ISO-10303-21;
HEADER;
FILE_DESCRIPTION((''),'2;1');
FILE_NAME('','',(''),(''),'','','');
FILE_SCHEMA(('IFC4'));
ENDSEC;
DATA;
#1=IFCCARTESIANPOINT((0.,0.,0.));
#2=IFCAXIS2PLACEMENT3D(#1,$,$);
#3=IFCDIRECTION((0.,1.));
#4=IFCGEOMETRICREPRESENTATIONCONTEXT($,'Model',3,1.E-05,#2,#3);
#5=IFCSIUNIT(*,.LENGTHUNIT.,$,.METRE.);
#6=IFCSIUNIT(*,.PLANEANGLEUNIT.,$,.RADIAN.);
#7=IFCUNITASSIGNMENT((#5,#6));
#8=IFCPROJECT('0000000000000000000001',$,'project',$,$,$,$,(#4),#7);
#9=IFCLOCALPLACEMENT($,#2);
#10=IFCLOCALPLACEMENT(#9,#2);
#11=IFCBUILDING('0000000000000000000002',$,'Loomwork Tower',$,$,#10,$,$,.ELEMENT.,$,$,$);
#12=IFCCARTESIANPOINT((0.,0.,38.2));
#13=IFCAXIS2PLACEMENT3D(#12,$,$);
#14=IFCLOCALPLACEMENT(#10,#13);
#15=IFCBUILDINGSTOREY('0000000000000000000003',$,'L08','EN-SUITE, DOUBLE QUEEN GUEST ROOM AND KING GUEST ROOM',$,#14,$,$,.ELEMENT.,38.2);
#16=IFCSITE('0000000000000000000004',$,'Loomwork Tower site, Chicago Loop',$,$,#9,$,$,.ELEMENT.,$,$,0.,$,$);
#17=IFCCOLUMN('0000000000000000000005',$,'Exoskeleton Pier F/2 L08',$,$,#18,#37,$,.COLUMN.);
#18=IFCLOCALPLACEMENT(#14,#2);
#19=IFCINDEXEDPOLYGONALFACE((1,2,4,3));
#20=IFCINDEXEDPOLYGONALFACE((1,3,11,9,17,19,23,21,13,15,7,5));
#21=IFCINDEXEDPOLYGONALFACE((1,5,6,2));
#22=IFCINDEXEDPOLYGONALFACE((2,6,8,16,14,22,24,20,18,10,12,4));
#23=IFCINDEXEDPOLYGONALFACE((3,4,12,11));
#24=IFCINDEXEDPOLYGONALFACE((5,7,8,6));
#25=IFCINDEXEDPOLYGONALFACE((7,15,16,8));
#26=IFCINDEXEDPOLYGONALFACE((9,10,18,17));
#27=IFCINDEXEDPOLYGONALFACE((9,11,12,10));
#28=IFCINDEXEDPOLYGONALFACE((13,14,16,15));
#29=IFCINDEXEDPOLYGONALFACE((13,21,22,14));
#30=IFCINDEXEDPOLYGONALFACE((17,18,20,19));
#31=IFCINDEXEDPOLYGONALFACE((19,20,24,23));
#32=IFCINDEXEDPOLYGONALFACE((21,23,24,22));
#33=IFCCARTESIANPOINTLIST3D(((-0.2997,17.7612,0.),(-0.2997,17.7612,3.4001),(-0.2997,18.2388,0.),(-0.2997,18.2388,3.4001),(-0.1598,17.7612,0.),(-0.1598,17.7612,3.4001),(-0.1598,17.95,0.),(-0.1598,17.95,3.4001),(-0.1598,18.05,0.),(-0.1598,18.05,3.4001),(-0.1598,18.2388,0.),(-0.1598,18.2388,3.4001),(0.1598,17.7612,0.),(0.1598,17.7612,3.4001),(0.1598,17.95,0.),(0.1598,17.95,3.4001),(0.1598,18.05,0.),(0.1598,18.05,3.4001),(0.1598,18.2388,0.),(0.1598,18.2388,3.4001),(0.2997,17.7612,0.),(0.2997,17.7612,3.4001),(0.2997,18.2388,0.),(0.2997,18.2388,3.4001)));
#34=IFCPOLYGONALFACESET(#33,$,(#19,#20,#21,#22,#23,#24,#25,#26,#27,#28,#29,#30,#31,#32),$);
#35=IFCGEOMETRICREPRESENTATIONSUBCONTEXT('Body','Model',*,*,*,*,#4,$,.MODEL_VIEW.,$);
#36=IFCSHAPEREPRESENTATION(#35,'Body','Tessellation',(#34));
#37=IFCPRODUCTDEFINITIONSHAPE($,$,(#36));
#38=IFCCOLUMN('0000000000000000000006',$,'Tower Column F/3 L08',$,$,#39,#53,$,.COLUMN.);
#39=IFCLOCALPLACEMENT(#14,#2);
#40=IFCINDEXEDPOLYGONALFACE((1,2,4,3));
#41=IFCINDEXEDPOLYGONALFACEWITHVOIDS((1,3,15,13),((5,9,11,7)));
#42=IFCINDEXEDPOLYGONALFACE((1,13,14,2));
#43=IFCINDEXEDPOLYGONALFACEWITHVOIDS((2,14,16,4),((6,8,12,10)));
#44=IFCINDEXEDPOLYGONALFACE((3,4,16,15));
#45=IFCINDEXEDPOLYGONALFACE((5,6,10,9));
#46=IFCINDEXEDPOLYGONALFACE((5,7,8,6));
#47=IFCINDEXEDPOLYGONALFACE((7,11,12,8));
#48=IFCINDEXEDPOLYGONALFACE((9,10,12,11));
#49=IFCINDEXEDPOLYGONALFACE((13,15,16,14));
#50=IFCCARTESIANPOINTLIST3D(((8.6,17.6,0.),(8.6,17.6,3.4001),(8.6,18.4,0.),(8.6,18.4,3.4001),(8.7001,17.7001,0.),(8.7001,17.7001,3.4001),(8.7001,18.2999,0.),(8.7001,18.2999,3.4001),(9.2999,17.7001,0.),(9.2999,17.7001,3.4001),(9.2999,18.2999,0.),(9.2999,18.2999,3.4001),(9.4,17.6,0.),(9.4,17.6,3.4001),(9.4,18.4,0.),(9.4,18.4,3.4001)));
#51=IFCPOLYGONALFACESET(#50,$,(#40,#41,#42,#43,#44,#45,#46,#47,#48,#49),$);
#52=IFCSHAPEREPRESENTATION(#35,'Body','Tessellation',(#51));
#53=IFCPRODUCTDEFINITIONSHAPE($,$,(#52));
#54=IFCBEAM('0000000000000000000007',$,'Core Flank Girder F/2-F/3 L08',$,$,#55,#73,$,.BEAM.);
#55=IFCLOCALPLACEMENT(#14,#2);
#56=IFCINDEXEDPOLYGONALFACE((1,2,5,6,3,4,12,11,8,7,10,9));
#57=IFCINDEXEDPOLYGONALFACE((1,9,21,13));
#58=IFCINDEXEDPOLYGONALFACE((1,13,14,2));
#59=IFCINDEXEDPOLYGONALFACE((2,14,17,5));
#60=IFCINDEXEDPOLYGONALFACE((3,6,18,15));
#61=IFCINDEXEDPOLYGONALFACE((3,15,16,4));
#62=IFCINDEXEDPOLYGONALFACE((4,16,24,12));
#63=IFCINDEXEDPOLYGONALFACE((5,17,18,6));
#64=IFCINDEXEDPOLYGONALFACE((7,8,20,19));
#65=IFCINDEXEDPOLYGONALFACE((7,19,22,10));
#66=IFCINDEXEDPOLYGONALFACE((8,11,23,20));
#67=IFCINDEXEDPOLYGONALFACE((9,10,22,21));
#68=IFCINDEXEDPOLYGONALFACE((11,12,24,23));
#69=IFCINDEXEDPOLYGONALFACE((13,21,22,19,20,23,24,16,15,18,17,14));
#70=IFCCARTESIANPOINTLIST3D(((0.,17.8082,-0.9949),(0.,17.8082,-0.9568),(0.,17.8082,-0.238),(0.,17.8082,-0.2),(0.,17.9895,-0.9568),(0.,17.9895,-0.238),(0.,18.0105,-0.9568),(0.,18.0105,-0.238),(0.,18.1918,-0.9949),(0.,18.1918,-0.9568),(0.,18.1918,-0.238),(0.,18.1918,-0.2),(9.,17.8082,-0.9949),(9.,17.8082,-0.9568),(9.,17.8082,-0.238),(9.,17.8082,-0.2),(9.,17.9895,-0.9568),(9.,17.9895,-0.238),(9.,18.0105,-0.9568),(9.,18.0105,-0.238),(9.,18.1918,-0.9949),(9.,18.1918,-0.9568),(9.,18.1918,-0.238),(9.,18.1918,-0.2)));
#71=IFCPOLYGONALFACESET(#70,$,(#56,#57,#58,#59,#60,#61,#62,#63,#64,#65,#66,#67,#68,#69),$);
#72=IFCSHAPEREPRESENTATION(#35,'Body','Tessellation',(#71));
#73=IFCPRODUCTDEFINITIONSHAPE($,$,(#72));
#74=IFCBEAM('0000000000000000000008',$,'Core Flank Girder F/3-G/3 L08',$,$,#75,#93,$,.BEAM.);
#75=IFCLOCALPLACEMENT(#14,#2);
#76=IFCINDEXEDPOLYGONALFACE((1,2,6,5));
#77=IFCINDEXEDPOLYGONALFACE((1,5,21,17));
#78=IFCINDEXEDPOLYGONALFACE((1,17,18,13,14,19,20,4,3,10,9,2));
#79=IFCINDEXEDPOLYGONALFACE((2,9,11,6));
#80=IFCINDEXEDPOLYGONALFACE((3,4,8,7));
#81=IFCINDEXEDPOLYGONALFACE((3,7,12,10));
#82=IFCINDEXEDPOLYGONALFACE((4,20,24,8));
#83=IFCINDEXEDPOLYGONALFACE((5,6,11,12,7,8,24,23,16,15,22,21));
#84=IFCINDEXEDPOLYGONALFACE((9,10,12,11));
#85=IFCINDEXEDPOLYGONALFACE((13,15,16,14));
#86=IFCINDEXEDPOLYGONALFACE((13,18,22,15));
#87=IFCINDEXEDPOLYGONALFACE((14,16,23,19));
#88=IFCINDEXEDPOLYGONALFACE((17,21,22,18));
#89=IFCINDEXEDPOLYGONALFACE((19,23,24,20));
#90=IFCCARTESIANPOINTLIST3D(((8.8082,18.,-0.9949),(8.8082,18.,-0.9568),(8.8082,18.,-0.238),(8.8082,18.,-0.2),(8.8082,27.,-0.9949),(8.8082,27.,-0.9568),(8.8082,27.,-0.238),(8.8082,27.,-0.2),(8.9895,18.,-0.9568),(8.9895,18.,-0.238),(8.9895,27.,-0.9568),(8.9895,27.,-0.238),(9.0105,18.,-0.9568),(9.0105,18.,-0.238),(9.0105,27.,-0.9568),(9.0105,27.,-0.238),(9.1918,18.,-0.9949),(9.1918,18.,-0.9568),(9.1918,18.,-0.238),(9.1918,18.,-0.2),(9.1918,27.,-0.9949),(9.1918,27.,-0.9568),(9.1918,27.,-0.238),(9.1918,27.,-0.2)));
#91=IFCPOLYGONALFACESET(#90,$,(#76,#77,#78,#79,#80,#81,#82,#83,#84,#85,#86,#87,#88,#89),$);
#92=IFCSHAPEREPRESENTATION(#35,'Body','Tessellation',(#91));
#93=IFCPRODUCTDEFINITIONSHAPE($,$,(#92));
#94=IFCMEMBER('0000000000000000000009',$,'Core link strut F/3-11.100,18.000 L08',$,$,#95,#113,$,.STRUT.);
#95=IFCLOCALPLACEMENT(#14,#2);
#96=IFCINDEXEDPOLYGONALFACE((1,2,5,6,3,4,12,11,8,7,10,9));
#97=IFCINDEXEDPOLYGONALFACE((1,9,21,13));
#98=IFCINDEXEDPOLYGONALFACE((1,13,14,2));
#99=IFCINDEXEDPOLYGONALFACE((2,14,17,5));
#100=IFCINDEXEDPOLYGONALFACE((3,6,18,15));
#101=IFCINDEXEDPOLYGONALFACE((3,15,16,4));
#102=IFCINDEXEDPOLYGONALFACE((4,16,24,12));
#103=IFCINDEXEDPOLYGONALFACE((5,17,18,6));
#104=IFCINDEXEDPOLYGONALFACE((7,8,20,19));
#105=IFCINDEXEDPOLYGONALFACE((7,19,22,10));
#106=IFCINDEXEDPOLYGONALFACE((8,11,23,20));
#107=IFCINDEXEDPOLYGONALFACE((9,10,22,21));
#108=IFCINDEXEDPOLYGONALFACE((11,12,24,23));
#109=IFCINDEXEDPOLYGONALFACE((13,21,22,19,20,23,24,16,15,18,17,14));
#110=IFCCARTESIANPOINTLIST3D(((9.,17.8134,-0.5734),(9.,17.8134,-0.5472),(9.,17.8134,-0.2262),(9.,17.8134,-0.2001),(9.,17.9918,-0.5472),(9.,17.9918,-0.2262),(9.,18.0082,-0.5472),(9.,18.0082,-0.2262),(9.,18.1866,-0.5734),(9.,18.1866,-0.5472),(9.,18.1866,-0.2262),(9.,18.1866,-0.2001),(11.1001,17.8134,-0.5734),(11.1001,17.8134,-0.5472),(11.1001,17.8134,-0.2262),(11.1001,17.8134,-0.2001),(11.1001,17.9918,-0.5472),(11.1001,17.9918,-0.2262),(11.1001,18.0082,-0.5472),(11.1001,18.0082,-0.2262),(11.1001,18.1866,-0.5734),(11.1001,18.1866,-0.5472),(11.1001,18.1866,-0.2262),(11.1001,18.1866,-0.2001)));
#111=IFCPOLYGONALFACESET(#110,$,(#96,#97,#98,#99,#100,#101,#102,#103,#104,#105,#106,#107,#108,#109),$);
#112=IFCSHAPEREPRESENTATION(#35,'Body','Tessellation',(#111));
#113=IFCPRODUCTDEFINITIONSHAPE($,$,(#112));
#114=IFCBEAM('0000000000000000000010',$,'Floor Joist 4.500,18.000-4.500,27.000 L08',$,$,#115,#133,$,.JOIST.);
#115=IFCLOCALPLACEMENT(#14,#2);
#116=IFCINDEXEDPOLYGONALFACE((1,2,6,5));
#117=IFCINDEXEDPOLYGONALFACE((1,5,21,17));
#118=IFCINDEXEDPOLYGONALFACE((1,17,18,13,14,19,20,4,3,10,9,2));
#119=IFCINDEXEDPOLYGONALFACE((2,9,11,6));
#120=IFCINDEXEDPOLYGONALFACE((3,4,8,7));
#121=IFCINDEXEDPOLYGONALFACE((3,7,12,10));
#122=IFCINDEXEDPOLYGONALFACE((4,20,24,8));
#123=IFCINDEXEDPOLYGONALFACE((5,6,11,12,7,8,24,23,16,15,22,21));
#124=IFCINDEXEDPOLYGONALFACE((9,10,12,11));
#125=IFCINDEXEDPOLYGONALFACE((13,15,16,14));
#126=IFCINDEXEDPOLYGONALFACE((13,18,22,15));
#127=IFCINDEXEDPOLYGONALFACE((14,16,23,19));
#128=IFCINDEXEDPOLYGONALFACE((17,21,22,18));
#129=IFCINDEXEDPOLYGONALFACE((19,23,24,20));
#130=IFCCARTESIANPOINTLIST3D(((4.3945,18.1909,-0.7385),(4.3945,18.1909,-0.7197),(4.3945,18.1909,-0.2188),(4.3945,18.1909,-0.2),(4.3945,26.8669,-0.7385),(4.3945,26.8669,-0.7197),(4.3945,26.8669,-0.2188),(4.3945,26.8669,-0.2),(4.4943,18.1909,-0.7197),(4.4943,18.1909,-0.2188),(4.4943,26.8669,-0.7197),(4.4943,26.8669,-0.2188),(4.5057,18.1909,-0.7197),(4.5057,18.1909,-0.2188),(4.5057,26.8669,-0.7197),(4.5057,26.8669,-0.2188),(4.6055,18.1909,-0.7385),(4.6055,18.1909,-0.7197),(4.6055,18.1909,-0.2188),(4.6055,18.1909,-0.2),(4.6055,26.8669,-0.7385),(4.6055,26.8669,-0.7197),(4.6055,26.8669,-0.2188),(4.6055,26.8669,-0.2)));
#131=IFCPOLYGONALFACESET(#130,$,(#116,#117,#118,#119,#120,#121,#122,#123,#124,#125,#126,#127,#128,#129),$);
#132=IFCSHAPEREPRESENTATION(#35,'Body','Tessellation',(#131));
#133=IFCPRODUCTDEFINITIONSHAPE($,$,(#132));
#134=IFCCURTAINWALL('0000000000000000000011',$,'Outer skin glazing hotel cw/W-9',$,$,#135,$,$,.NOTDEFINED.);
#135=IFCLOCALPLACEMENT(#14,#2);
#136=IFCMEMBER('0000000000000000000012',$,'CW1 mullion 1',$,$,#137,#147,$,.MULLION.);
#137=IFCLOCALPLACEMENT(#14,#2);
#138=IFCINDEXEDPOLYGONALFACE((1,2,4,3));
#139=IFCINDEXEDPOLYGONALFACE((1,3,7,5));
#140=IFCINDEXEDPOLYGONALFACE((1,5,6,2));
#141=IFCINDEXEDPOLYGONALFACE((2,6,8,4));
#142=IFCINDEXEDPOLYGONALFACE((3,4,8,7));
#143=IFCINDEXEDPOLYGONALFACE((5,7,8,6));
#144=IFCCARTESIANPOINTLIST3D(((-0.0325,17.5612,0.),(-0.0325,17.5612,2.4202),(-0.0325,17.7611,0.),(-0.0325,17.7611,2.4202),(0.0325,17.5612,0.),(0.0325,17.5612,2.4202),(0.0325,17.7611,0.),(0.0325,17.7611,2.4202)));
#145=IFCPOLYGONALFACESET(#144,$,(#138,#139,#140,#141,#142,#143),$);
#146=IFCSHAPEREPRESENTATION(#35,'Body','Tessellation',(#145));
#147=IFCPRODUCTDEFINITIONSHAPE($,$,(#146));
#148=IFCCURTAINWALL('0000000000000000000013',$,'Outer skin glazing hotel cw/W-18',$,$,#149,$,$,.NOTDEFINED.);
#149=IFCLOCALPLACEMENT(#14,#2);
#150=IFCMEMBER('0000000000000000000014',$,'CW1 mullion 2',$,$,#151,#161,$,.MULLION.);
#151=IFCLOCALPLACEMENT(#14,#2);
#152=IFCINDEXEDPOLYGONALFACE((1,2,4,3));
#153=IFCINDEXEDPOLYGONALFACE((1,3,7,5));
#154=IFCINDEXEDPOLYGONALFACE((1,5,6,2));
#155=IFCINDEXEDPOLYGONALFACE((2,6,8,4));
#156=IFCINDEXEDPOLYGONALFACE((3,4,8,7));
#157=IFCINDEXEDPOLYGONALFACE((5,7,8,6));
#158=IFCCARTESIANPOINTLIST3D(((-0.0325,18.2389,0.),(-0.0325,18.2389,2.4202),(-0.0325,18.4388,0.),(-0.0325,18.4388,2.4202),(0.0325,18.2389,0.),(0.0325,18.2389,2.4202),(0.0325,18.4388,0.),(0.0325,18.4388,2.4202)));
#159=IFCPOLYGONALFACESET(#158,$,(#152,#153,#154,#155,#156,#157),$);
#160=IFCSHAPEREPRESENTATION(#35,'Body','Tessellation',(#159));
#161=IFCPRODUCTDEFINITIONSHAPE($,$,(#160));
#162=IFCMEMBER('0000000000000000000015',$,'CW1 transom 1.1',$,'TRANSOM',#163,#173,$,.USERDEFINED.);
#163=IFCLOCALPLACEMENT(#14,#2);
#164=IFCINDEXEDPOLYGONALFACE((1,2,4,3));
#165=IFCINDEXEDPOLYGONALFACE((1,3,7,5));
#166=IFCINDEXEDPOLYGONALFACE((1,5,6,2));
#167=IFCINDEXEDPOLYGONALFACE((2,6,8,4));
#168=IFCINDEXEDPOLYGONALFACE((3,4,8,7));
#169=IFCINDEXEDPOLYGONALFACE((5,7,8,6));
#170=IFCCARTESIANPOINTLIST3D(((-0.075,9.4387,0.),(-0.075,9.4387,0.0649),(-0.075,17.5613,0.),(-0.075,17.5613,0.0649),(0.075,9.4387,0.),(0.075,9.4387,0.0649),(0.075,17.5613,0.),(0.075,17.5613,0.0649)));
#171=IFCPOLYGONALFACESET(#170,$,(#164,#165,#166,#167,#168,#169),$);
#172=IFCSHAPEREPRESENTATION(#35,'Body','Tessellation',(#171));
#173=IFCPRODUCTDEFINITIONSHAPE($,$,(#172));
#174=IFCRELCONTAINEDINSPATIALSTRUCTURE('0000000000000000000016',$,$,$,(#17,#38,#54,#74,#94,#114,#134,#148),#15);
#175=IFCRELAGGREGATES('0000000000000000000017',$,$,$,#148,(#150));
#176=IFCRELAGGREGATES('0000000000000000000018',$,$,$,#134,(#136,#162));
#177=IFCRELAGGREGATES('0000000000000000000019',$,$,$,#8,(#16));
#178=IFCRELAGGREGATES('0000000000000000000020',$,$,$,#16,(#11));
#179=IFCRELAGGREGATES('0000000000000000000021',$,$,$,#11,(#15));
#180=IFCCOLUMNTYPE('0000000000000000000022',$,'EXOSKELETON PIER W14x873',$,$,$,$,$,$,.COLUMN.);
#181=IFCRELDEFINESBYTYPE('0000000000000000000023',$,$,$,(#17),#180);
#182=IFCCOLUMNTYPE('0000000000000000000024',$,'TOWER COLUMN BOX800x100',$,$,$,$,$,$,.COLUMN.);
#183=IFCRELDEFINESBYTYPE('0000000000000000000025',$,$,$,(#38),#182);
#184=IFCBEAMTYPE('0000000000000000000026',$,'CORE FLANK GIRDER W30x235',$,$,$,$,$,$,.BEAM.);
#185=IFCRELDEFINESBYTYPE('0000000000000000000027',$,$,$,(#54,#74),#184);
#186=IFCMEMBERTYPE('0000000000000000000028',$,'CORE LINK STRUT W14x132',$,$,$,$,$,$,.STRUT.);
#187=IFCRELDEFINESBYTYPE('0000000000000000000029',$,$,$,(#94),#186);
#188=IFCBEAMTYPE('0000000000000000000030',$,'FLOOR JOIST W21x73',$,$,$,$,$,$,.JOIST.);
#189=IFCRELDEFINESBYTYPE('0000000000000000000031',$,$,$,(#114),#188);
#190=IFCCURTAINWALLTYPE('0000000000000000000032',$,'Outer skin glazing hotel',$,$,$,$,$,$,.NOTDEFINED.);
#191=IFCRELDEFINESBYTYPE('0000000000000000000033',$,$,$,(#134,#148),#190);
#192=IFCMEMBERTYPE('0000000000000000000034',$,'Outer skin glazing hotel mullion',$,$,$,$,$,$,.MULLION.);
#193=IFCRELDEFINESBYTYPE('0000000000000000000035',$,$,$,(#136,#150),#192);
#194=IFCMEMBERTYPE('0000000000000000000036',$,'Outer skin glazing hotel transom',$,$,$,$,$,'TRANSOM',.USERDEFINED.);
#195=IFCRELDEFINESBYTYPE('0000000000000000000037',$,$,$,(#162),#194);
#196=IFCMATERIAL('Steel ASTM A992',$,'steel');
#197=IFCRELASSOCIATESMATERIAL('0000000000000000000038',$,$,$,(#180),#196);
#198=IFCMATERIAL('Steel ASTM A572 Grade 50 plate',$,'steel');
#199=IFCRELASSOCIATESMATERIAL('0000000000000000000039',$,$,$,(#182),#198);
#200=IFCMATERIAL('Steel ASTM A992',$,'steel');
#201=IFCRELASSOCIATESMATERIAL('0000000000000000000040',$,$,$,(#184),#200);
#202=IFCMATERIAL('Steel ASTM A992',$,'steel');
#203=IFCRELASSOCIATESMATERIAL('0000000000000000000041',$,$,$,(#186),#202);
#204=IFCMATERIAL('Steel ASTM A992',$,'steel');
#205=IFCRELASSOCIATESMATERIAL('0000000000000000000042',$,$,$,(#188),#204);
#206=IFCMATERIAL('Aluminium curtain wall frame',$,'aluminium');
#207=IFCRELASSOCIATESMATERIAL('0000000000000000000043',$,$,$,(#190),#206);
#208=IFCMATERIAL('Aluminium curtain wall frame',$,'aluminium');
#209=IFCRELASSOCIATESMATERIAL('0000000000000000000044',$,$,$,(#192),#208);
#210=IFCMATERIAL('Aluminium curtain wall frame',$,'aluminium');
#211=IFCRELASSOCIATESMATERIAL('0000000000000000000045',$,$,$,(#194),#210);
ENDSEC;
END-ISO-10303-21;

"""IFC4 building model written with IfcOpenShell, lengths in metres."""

from ifc_helpers import new_model, si_unit, direction, frame, origin, origin_2d, place, context, subcontext, project, spatial, rectangle, hollow_rectangle, i_section, extrude, material, material_profile, profile_set, type_object, element, aggregate, save


model = new_model("IFC4")

# Units and contexts
model_context = context("Model", 3, precision=1e-05, world=origin(), true_north=direction((0.0, 1.0)))
body_context = subcontext(model_context, "Body", "Model", "MODEL_VIEW")
ifc_project = project(units=[si_unit("LENGTHUNIT", "METRE"), si_unit("PLANEANGLEUNIT", "RADIAN")], contexts=[model_context])

# Site, building, storey
site_placement = place(None, origin())
site = spatial("IfcSite", under=ifc_project, at=site_placement, Name="Loomwork Tower site, Chicago Loop", CompositionType="ELEMENT", RefElevation=0.0)
building_placement = place(site_placement, origin())
building = spatial("IfcBuilding", under=site, at=building_placement, Name="Loomwork Tower", CompositionType="ELEMENT")
storey_placement = place(building_placement, frame((0.0, 0.0, 38.2)))
storey = spatial("IfcBuildingStorey", under=building, at=storey_placement, Name="L08", Description="EN-SUITE, DOUBLE QUEEN GUEST ROOM AND KING GUEST ROOM", CompositionType="ELEMENT", Elevation=38.2)

# Columns
ifc_material_1 = material(Name="Steel ASTM A992", Category="steel")
ifc_material_profile_1 = material_profile(ifc_material_1, i_section(OverallWidth=0.4775, OverallDepth=0.5994, WebThickness=0.1001, FlangeThickness=0.1399, at=origin_2d()), Name="W14x873")
ifc_profile_set_1 = profile_set([ifc_material_profile_1], Name="Steel ASTM A992")
column_type_1 = type_object("IfcColumnType", Name="EXOSKELETON PIER W14x873", PredefinedType="COLUMN", material=ifc_profile_set_1)
column_1_placement = place(storey_placement, frame((0.0, 18.0, 0.0), z_axis=(0.0, 0.0, 1.0), x_axis=(0.0, 1.0, 0.0)))
element("IfcColumn", 1, at=column_1_placement, inside=storey, type_object=column_type_1, Name="Exoskeleton Pier F/2 L08", PredefinedType="COLUMN", context=body_context, shape_type="SweptSolid", body=[
    extrude(i_section(OverallWidth=0.4775, OverallDepth=0.5994, WebThickness=0.1001, FlangeThickness=0.1399, at=origin_2d()), origin(), (0.0, 0.0, 1.0), 3.4001),
])
ifc_material_2 = material(Name="Steel ASTM A572 Grade 50 plate", Category="steel")
ifc_material_profile_2 = material_profile(ifc_material_2, hollow_rectangle(XDim=0.8, YDim=0.8, WallThickness=0.1001, at=origin_2d()), Name="BOX800x100")
ifc_profile_set_2 = profile_set([ifc_material_profile_2], Name="Steel ASTM A572 Grade 50 plate")
column_type_2 = type_object("IfcColumnType", Name="TOWER COLUMN BOX800x100", PredefinedType="COLUMN", material=ifc_profile_set_2)
column_2_placement = place(storey_placement, frame((9.0, 18.0, 0.0), z_axis=(0.0, 0.0, 1.0), x_axis=(1.0, 0.0, 0.0)))
element("IfcColumn", 2, at=column_2_placement, inside=storey, type_object=column_type_2, Name="Tower Column F/3 L08", PredefinedType="COLUMN", context=body_context, shape_type="SweptSolid", body=[
    extrude(hollow_rectangle(XDim=0.8, YDim=0.8, WallThickness=0.1001, at=origin_2d()), origin(), (0.0, 0.0, 1.0), 3.4001),
])

# Beams
ifc_material_3 = material(Name="Steel ASTM A992", Category="steel")
ifc_material_profile_3 = material_profile(ifc_material_3, i_section(OverallWidth=0.3835, OverallDepth=0.7949, WebThickness=0.021, FlangeThickness=0.0381, at=origin_2d()), Name="W30x235")
ifc_profile_set_3 = profile_set([ifc_material_profile_3], Name="Steel ASTM A992")
beam_type_1 = type_object("IfcBeamType", Name="CORE FLANK GIRDER W30x235", PredefinedType="BEAM", material=ifc_profile_set_3)
for number, where, z_axis, x_axis, name in (
    (3, (0.0, 18.0, -0.5974), (1.0, 0.0, 0.0), (0.0, 1.0, 0.0), "Core Flank Girder F/2-F/3 L08"),
    (4, (9.0, 18.0, -0.5974), (0.0, 1.0, 0.0), (-1.0, 0.0, 0.0), "Core Flank Girder F/3-G/3 L08"),
):
    element("IfcBeam", number, at=place(storey_placement, frame(where, z_axis=z_axis, x_axis=x_axis)), inside=storey, type_object=beam_type_1, Name=name, PredefinedType="BEAM", context=body_context, shape_type="SweptSolid", body=[
        extrude(i_section(OverallWidth=0.3835, OverallDepth=0.7949, WebThickness=0.021, FlangeThickness=0.0381, at=origin_2d()), origin(), (0.0, 0.0, 1.0), 9.0),
    ])

# Member
ifc_material_4 = material(Name="Steel ASTM A992", Category="steel")
ifc_material_profile_4 = material_profile(ifc_material_4, i_section(OverallWidth=0.3733, OverallDepth=0.3733, WebThickness=0.0164, FlangeThickness=0.0261, at=origin_2d()), Name="W14x132")
ifc_profile_set_4 = profile_set([ifc_material_profile_4], Name="Steel ASTM A992")
member_type_1 = type_object("IfcMemberType", Name="CORE LINK STRUT W14x132", PredefinedType="STRUT", material=ifc_profile_set_4)
member_1_placement = place(storey_placement, frame((9.0, 18.0, -0.3867), z_axis=(1.0, 0.0, 0.0), x_axis=(0.0, 1.0, 0.0)))
element("IfcMember", 5, at=member_1_placement, inside=storey, type_object=member_type_1, Name="Core link strut F/3-11.100,18.000 L08", PredefinedType="STRUT", context=body_context, shape_type="SweptSolid", body=[
    extrude(i_section(OverallWidth=0.3733, OverallDepth=0.3733, WebThickness=0.0164, FlangeThickness=0.0261, at=origin_2d()), origin(), (0.0, 0.0, 1.0), 2.1001),
])

# Beam
ifc_material_5 = material(Name="Steel ASTM A992", Category="steel")
ifc_material_profile_5 = material_profile(ifc_material_5, i_section(OverallWidth=0.2109, OverallDepth=0.5386, WebThickness=0.0115, FlangeThickness=0.0188, at=origin_2d()), Name="W21x73")
ifc_profile_set_5 = profile_set([ifc_material_profile_5], Name="Steel ASTM A992")
beam_type_2 = type_object("IfcBeamType", Name="FLOOR JOIST W21x73", PredefinedType="JOIST", material=ifc_profile_set_5)
beam_1_placement = place(storey_placement, frame((4.5, 18.1909, -0.4692), z_axis=(0.0, 1.0, 0.0), x_axis=(-1.0, 0.0, 0.0)))
element("IfcBeam", 6, at=beam_1_placement, inside=storey, type_object=beam_type_2, Name="Floor Joist 4.500,18.000-4.500,27.000 L08", PredefinedType="JOIST", context=body_context, shape_type="SweptSolid", body=[
    extrude(i_section(OverallWidth=0.2109, OverallDepth=0.5386, WebThickness=0.0115, FlangeThickness=0.0188, at=origin_2d()), origin(), (0.0, 0.0, 1.0), 8.676),
])

# Curtain walls, members
ifc_material_6 = material(Name="Aluminium curtain wall frame", Category="aluminium")
curtain_wall_type = type_object("IfcCurtainWallType", Name="Outer skin glazing hotel", PredefinedType="NOTDEFINED", material=ifc_material_6)
curtain_wall_1_placement = place(storey_placement, origin())
curtain_wall_1 = element("IfcCurtainWall", 7, at=curtain_wall_1_placement, inside=storey, type_object=curtain_wall_type, Name="Outer skin glazing hotel cw/W-9", PredefinedType="NOTDEFINED")
ifc_material_7 = material(Name="Aluminium curtain wall frame", Category="aluminium")
ifc_material_profile_6 = material_profile(ifc_material_7, rectangle(XDim=0.0649, YDim=0.2, at=origin_2d()), Name="AL 65x200")
ifc_profile_set_6 = profile_set([ifc_material_profile_6], Name="Aluminium curtain wall frame")
member_type_2 = type_object("IfcMemberType", Name="Outer skin glazing hotel mullion", PredefinedType="MULLION", material=ifc_profile_set_6)
member_2_placement = place(storey_placement, frame((0.0, 17.6611, 0.0), z_axis=(0.0, 0.0, 1.0), x_axis=(1.0, 0.0, 0.0)))
member_2 = element("IfcMember", 8, at=member_2_placement, type_object=member_type_2, Name="CW1 mullion 1", PredefinedType="MULLION", context=body_context, shape_type="SweptSolid", body=[
    extrude(rectangle(XDim=0.0649, YDim=0.2, at=origin_2d()), origin(), (0.0, 0.0, 1.0), 2.4202),
])
curtain_wall_2_placement = place(storey_placement, origin())
curtain_wall_2 = element("IfcCurtainWall", 9, at=curtain_wall_2_placement, inside=storey, type_object=curtain_wall_type, Name="Outer skin glazing hotel cw/W-18", PredefinedType="NOTDEFINED")
member_3_placement = place(storey_placement, frame((0.0, 18.3389, 0.0), z_axis=(0.0, 0.0, 1.0), x_axis=(1.0, 0.0, 0.0)))
member_3 = element("IfcMember", 10, at=member_3_placement, type_object=member_type_2, Name="CW1 mullion 2", PredefinedType="MULLION", context=body_context, shape_type="SweptSolid", body=[
    extrude(rectangle(XDim=0.0649, YDim=0.2, at=origin_2d()), origin(), (0.0, 0.0, 1.0), 2.4202),
])
aggregate(curtain_wall_2, [member_3])

# Member
ifc_material_8 = material(Name="Aluminium curtain wall frame", Category="aluminium")
ifc_material_profile_7 = material_profile(ifc_material_8, rectangle(XDim=0.1499, YDim=0.0649, at=origin_2d()), Name="AL 65x150")
ifc_profile_set_7 = profile_set([ifc_material_profile_7], Name="Aluminium curtain wall frame")
member_type_3 = type_object("IfcMemberType", Name="Outer skin glazing hotel transom", ElementType="TRANSOM", PredefinedType="USERDEFINED", material=ifc_profile_set_7)
member_4_placement = place(storey_placement, frame((0.0, 17.5613, 0.0325), z_axis=(0.0, -1.0, 0.0), x_axis=(1.0, 0.0, 0.0)))
member_4 = element("IfcMember", 11, at=member_4_placement, type_object=member_type_3, Name="CW1 transom 1.1", ObjectType="TRANSOM", PredefinedType="USERDEFINED", context=body_context, shape_type="SweptSolid", body=[
    extrude(rectangle(XDim=0.1499, YDim=0.0649, at=origin_2d()), origin(), (0.0, 0.0, 1.0), 8.1226),
])
aggregate(curtain_wall_1, [member_2, member_4])

save(model, "model.ifc")
